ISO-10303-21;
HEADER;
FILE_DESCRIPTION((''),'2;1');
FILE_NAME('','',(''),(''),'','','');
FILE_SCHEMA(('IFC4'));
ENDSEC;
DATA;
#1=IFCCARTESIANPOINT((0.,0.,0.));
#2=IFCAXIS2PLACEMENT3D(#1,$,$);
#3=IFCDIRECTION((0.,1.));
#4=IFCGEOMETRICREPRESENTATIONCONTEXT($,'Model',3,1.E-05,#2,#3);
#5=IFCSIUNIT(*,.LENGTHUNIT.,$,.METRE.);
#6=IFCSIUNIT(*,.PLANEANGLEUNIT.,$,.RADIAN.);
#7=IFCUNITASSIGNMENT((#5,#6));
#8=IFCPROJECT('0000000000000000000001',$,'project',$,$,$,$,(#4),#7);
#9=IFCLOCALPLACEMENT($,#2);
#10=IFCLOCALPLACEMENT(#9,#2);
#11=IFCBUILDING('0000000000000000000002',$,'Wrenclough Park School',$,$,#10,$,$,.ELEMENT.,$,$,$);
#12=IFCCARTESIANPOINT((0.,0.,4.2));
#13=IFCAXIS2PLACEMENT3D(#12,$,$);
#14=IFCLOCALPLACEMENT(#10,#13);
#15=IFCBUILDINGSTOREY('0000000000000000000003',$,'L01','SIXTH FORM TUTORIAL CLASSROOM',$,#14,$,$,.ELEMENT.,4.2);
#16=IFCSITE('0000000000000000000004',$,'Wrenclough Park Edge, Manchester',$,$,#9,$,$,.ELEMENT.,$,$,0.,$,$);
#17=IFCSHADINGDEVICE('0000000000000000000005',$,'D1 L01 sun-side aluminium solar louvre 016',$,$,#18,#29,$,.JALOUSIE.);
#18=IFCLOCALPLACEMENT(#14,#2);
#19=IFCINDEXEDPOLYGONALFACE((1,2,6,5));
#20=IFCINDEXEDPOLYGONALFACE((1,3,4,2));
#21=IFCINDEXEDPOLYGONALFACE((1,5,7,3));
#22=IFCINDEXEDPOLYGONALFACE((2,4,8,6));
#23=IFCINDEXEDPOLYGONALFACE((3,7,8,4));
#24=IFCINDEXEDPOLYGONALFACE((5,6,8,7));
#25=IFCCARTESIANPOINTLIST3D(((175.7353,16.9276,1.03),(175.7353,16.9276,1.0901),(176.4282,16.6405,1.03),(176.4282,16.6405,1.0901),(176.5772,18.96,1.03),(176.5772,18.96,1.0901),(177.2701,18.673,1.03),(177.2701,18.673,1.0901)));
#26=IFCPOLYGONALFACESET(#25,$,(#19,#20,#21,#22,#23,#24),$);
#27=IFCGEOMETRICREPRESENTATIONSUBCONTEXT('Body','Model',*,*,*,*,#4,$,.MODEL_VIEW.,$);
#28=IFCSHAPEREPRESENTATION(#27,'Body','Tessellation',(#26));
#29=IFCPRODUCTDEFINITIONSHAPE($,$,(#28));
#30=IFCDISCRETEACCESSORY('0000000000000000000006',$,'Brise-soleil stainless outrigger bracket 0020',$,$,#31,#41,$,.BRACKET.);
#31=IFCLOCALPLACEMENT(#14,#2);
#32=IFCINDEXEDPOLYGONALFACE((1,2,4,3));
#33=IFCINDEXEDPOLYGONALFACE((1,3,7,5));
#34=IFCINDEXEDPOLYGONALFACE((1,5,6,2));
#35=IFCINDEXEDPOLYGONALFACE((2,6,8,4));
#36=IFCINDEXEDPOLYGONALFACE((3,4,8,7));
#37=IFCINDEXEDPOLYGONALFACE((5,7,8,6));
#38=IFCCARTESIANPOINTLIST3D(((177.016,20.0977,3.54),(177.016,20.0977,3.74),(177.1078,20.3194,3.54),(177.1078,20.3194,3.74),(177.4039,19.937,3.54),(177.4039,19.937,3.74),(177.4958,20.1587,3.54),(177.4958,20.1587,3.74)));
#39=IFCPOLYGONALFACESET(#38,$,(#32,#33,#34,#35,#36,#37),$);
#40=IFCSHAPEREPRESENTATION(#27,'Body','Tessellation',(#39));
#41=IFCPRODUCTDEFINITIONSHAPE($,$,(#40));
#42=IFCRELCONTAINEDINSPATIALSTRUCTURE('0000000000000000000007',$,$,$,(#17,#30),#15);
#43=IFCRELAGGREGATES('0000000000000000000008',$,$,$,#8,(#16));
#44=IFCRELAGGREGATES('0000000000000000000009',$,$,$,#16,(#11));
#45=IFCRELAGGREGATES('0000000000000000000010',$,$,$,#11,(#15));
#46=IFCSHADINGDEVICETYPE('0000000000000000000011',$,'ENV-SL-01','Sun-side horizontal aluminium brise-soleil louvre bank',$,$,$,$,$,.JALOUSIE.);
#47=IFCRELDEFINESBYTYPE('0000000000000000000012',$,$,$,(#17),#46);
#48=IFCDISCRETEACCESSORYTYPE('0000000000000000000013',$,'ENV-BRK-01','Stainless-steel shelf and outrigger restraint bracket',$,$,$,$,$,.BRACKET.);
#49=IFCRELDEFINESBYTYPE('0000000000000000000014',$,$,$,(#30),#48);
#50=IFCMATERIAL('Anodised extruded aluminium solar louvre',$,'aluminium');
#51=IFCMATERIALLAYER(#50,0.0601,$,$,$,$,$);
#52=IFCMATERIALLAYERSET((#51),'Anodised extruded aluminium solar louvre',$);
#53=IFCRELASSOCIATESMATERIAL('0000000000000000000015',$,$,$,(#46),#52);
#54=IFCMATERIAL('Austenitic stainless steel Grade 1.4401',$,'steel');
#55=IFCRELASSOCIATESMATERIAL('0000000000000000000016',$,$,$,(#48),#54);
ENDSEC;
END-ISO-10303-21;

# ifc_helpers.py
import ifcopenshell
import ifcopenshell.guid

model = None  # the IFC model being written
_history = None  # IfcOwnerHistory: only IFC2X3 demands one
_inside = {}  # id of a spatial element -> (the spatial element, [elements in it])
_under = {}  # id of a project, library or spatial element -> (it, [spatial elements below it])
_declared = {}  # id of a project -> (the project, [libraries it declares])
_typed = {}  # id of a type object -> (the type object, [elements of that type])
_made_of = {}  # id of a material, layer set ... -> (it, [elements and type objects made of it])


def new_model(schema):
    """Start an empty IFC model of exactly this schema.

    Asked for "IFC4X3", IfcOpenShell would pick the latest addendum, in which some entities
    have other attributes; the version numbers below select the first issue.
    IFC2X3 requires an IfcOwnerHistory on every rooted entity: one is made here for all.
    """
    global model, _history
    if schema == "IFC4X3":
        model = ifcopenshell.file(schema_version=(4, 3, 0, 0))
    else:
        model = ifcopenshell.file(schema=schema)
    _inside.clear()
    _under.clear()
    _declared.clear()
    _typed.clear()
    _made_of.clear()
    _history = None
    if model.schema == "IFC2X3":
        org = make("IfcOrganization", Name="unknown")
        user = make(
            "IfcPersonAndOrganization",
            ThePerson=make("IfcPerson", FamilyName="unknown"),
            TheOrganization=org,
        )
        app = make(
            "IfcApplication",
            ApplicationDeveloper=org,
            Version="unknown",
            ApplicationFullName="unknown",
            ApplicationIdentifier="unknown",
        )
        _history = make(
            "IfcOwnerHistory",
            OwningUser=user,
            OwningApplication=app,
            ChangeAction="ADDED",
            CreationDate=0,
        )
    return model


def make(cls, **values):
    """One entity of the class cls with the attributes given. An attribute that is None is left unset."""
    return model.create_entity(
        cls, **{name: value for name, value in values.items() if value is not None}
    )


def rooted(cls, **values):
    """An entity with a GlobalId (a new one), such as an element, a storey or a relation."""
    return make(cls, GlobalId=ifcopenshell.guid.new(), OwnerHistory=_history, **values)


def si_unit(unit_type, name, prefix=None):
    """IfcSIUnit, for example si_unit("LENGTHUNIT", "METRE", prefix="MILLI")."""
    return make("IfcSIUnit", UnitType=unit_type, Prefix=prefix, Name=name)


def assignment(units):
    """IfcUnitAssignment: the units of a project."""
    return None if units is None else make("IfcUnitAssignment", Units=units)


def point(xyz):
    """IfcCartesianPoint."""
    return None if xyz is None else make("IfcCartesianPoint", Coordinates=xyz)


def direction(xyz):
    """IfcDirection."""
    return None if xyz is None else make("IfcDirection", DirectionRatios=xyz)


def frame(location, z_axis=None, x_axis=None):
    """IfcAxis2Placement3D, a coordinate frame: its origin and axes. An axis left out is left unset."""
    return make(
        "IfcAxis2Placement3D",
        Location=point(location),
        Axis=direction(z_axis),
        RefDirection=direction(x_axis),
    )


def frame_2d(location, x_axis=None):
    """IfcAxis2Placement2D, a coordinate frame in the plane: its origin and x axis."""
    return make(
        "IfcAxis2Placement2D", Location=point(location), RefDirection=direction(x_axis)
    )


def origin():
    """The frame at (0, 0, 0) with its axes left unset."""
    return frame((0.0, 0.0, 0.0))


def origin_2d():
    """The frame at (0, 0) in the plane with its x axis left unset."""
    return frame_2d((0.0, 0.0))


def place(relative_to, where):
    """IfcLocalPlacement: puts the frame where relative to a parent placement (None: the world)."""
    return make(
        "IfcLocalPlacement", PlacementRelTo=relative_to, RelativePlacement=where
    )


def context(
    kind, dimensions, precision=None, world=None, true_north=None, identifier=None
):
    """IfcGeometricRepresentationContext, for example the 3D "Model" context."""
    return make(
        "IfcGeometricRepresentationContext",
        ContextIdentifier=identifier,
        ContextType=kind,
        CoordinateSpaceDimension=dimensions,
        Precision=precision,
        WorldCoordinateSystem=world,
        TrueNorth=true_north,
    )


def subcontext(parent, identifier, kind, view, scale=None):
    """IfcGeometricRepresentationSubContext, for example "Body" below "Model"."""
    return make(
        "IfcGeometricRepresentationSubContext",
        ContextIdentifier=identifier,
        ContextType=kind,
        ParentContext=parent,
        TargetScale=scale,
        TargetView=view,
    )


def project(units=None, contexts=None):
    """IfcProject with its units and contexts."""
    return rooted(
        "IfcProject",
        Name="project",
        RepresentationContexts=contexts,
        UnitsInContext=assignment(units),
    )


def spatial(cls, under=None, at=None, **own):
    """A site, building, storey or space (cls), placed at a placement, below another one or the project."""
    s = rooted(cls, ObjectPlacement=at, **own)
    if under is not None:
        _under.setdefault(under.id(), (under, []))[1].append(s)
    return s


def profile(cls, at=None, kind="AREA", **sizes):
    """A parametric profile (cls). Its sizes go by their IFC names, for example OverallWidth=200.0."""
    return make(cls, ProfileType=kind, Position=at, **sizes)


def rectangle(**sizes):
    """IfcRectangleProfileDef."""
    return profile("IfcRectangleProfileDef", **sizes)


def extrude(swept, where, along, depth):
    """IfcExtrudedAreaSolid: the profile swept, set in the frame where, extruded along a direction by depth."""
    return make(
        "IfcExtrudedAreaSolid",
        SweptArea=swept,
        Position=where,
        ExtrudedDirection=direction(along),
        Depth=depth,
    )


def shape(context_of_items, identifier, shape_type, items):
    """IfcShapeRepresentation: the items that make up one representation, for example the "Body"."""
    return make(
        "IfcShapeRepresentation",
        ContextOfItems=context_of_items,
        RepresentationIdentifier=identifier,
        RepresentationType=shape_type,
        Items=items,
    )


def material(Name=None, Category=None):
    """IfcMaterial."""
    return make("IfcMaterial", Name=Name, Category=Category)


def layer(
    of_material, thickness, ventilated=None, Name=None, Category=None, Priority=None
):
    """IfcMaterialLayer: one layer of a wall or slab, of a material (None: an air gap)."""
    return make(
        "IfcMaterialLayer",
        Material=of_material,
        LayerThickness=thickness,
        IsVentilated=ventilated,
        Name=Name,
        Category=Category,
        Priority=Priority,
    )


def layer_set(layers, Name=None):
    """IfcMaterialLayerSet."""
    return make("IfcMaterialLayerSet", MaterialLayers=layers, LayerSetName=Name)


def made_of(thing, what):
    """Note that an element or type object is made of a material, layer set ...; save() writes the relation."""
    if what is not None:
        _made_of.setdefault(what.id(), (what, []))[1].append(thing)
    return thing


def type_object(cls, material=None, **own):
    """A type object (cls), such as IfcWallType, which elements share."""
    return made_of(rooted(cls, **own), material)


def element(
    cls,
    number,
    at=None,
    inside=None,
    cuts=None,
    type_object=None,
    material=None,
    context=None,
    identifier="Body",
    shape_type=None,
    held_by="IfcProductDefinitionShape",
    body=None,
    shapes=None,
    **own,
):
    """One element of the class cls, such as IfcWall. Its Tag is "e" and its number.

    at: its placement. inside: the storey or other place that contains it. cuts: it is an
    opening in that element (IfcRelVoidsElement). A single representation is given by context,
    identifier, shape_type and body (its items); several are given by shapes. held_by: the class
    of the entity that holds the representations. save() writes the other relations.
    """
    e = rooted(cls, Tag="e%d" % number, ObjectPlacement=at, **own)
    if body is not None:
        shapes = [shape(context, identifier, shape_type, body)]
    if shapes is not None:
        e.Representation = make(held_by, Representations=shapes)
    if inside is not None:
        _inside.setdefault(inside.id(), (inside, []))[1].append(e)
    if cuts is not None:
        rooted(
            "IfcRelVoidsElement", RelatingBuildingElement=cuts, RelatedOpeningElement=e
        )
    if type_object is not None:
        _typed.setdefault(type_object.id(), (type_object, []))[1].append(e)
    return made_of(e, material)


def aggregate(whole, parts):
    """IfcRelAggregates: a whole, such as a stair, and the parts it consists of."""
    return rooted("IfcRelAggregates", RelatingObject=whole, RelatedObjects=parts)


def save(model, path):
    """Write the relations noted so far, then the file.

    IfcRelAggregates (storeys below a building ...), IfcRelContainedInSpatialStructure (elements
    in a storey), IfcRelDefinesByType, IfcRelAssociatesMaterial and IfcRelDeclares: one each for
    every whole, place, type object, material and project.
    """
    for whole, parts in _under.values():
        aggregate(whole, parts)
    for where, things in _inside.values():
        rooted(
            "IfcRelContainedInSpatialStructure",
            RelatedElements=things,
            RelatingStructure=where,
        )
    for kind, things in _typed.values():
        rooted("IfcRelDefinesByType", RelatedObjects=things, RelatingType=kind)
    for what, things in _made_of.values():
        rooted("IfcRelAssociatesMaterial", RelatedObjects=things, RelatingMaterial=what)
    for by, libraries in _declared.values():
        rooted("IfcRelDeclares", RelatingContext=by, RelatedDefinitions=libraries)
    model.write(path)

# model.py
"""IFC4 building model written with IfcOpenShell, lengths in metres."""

from ifc_helpers import new_model, si_unit, direction, frame, origin, origin_2d, place, context, subcontext, project, spatial, rectangle, extrude, material, layer, layer_set, type_object, element, save


model = new_model("IFC4")

# Units and contexts
model_context = context("Model", 3, precision=1e-05, world=origin(), true_north=direction((0.0, 1.0)))
body_context = subcontext(model_context, "Body", "Model", "MODEL_VIEW")
ifc_project = project(units=[si_unit("LENGTHUNIT", "METRE"), si_unit("PLANEANGLEUNIT", "RADIAN")], contexts=[model_context])

# Site, building, storey
site_placement = place(None, origin())
site = spatial("IfcSite", under=ifc_project, at=site_placement, Name="Wrenclough Park Edge, Manchester", CompositionType="ELEMENT", RefElevation=0.0)
building_placement = place(site_placement, origin())
building = spatial("IfcBuilding", under=site, at=building_placement, Name="Wrenclough Park School", CompositionType="ELEMENT")
storey_placement = place(building_placement, frame((0.0, 0.0, 4.2)))
storey = spatial("IfcBuildingStorey", under=building, at=storey_placement, Name="L01", Description="SIXTH FORM TUTORIAL CLASSROOM", CompositionType="ELEMENT", Elevation=4.2)

# Shading device
ifc_material_1 = material(Name="Anodised extruded aluminium solar louvre", Category="aluminium")
ifc_layer_1 = layer(ifc_material_1, 0.0601)
ifc_layer_set_1 = layer_set([ifc_layer_1], Name="Anodised extruded aluminium solar louvre")
shading_device_type = type_object("IfcShadingDeviceType", Name="ENV-SL-01", Description="Sun-side horizontal aluminium brise-soleil louvre bank", PredefinedType="JALOUSIE", material=ifc_layer_set_1)
shading_device_placement = place(storey_placement, frame((176.5027, 17.8003, 1.03), z_axis=(0.0, 0.0, 1.0), x_axis=(0.382692, 0.923876, 0.0)))
element("IfcShadingDevice", 1, at=shading_device_placement, inside=storey, type_object=shading_device_type, Name="D1 L01 sun-side aluminium solar louvre 016", PredefinedType="JALOUSIE", context=body_context, shape_type="SweptSolid", body=[
    extrude(rectangle(XDim=2.2, YDim=0.75, at=origin_2d()), origin(), (0.0, 0.0, 1.0), 0.0601),
])

# Discrete accessory
ifc_material_2 = material(Name="Austenitic stainless steel Grade 1.4401", Category="steel")
discrete_accessory_type = type_object("IfcDiscreteAccessoryType", Name="ENV-BRK-01", Description="Stainless-steel shelf and outrigger restraint bracket", PredefinedType="BRACKET", material=ifc_material_2)
discrete_accessory_placement = place(storey_placement, frame((177.2559, 20.1282, 3.54), z_axis=(0.0, 0.0, 1.0), x_axis=(0.382692, 0.923876, 0.0)))
element("IfcDiscreteAccessory", 2, at=discrete_accessory_placement, inside=storey, type_object=discrete_accessory_type, Name="Brise-soleil stainless outrigger bracket 0020", PredefinedType="BRACKET", context=body_context, shape_type="SweptSolid", body=[
    extrude(rectangle(XDim=0.24, YDim=0.4199, at=origin_2d()), origin(), (0.0, 0.0, 1.0), 0.2),
])

save(model, "model.ifc")
